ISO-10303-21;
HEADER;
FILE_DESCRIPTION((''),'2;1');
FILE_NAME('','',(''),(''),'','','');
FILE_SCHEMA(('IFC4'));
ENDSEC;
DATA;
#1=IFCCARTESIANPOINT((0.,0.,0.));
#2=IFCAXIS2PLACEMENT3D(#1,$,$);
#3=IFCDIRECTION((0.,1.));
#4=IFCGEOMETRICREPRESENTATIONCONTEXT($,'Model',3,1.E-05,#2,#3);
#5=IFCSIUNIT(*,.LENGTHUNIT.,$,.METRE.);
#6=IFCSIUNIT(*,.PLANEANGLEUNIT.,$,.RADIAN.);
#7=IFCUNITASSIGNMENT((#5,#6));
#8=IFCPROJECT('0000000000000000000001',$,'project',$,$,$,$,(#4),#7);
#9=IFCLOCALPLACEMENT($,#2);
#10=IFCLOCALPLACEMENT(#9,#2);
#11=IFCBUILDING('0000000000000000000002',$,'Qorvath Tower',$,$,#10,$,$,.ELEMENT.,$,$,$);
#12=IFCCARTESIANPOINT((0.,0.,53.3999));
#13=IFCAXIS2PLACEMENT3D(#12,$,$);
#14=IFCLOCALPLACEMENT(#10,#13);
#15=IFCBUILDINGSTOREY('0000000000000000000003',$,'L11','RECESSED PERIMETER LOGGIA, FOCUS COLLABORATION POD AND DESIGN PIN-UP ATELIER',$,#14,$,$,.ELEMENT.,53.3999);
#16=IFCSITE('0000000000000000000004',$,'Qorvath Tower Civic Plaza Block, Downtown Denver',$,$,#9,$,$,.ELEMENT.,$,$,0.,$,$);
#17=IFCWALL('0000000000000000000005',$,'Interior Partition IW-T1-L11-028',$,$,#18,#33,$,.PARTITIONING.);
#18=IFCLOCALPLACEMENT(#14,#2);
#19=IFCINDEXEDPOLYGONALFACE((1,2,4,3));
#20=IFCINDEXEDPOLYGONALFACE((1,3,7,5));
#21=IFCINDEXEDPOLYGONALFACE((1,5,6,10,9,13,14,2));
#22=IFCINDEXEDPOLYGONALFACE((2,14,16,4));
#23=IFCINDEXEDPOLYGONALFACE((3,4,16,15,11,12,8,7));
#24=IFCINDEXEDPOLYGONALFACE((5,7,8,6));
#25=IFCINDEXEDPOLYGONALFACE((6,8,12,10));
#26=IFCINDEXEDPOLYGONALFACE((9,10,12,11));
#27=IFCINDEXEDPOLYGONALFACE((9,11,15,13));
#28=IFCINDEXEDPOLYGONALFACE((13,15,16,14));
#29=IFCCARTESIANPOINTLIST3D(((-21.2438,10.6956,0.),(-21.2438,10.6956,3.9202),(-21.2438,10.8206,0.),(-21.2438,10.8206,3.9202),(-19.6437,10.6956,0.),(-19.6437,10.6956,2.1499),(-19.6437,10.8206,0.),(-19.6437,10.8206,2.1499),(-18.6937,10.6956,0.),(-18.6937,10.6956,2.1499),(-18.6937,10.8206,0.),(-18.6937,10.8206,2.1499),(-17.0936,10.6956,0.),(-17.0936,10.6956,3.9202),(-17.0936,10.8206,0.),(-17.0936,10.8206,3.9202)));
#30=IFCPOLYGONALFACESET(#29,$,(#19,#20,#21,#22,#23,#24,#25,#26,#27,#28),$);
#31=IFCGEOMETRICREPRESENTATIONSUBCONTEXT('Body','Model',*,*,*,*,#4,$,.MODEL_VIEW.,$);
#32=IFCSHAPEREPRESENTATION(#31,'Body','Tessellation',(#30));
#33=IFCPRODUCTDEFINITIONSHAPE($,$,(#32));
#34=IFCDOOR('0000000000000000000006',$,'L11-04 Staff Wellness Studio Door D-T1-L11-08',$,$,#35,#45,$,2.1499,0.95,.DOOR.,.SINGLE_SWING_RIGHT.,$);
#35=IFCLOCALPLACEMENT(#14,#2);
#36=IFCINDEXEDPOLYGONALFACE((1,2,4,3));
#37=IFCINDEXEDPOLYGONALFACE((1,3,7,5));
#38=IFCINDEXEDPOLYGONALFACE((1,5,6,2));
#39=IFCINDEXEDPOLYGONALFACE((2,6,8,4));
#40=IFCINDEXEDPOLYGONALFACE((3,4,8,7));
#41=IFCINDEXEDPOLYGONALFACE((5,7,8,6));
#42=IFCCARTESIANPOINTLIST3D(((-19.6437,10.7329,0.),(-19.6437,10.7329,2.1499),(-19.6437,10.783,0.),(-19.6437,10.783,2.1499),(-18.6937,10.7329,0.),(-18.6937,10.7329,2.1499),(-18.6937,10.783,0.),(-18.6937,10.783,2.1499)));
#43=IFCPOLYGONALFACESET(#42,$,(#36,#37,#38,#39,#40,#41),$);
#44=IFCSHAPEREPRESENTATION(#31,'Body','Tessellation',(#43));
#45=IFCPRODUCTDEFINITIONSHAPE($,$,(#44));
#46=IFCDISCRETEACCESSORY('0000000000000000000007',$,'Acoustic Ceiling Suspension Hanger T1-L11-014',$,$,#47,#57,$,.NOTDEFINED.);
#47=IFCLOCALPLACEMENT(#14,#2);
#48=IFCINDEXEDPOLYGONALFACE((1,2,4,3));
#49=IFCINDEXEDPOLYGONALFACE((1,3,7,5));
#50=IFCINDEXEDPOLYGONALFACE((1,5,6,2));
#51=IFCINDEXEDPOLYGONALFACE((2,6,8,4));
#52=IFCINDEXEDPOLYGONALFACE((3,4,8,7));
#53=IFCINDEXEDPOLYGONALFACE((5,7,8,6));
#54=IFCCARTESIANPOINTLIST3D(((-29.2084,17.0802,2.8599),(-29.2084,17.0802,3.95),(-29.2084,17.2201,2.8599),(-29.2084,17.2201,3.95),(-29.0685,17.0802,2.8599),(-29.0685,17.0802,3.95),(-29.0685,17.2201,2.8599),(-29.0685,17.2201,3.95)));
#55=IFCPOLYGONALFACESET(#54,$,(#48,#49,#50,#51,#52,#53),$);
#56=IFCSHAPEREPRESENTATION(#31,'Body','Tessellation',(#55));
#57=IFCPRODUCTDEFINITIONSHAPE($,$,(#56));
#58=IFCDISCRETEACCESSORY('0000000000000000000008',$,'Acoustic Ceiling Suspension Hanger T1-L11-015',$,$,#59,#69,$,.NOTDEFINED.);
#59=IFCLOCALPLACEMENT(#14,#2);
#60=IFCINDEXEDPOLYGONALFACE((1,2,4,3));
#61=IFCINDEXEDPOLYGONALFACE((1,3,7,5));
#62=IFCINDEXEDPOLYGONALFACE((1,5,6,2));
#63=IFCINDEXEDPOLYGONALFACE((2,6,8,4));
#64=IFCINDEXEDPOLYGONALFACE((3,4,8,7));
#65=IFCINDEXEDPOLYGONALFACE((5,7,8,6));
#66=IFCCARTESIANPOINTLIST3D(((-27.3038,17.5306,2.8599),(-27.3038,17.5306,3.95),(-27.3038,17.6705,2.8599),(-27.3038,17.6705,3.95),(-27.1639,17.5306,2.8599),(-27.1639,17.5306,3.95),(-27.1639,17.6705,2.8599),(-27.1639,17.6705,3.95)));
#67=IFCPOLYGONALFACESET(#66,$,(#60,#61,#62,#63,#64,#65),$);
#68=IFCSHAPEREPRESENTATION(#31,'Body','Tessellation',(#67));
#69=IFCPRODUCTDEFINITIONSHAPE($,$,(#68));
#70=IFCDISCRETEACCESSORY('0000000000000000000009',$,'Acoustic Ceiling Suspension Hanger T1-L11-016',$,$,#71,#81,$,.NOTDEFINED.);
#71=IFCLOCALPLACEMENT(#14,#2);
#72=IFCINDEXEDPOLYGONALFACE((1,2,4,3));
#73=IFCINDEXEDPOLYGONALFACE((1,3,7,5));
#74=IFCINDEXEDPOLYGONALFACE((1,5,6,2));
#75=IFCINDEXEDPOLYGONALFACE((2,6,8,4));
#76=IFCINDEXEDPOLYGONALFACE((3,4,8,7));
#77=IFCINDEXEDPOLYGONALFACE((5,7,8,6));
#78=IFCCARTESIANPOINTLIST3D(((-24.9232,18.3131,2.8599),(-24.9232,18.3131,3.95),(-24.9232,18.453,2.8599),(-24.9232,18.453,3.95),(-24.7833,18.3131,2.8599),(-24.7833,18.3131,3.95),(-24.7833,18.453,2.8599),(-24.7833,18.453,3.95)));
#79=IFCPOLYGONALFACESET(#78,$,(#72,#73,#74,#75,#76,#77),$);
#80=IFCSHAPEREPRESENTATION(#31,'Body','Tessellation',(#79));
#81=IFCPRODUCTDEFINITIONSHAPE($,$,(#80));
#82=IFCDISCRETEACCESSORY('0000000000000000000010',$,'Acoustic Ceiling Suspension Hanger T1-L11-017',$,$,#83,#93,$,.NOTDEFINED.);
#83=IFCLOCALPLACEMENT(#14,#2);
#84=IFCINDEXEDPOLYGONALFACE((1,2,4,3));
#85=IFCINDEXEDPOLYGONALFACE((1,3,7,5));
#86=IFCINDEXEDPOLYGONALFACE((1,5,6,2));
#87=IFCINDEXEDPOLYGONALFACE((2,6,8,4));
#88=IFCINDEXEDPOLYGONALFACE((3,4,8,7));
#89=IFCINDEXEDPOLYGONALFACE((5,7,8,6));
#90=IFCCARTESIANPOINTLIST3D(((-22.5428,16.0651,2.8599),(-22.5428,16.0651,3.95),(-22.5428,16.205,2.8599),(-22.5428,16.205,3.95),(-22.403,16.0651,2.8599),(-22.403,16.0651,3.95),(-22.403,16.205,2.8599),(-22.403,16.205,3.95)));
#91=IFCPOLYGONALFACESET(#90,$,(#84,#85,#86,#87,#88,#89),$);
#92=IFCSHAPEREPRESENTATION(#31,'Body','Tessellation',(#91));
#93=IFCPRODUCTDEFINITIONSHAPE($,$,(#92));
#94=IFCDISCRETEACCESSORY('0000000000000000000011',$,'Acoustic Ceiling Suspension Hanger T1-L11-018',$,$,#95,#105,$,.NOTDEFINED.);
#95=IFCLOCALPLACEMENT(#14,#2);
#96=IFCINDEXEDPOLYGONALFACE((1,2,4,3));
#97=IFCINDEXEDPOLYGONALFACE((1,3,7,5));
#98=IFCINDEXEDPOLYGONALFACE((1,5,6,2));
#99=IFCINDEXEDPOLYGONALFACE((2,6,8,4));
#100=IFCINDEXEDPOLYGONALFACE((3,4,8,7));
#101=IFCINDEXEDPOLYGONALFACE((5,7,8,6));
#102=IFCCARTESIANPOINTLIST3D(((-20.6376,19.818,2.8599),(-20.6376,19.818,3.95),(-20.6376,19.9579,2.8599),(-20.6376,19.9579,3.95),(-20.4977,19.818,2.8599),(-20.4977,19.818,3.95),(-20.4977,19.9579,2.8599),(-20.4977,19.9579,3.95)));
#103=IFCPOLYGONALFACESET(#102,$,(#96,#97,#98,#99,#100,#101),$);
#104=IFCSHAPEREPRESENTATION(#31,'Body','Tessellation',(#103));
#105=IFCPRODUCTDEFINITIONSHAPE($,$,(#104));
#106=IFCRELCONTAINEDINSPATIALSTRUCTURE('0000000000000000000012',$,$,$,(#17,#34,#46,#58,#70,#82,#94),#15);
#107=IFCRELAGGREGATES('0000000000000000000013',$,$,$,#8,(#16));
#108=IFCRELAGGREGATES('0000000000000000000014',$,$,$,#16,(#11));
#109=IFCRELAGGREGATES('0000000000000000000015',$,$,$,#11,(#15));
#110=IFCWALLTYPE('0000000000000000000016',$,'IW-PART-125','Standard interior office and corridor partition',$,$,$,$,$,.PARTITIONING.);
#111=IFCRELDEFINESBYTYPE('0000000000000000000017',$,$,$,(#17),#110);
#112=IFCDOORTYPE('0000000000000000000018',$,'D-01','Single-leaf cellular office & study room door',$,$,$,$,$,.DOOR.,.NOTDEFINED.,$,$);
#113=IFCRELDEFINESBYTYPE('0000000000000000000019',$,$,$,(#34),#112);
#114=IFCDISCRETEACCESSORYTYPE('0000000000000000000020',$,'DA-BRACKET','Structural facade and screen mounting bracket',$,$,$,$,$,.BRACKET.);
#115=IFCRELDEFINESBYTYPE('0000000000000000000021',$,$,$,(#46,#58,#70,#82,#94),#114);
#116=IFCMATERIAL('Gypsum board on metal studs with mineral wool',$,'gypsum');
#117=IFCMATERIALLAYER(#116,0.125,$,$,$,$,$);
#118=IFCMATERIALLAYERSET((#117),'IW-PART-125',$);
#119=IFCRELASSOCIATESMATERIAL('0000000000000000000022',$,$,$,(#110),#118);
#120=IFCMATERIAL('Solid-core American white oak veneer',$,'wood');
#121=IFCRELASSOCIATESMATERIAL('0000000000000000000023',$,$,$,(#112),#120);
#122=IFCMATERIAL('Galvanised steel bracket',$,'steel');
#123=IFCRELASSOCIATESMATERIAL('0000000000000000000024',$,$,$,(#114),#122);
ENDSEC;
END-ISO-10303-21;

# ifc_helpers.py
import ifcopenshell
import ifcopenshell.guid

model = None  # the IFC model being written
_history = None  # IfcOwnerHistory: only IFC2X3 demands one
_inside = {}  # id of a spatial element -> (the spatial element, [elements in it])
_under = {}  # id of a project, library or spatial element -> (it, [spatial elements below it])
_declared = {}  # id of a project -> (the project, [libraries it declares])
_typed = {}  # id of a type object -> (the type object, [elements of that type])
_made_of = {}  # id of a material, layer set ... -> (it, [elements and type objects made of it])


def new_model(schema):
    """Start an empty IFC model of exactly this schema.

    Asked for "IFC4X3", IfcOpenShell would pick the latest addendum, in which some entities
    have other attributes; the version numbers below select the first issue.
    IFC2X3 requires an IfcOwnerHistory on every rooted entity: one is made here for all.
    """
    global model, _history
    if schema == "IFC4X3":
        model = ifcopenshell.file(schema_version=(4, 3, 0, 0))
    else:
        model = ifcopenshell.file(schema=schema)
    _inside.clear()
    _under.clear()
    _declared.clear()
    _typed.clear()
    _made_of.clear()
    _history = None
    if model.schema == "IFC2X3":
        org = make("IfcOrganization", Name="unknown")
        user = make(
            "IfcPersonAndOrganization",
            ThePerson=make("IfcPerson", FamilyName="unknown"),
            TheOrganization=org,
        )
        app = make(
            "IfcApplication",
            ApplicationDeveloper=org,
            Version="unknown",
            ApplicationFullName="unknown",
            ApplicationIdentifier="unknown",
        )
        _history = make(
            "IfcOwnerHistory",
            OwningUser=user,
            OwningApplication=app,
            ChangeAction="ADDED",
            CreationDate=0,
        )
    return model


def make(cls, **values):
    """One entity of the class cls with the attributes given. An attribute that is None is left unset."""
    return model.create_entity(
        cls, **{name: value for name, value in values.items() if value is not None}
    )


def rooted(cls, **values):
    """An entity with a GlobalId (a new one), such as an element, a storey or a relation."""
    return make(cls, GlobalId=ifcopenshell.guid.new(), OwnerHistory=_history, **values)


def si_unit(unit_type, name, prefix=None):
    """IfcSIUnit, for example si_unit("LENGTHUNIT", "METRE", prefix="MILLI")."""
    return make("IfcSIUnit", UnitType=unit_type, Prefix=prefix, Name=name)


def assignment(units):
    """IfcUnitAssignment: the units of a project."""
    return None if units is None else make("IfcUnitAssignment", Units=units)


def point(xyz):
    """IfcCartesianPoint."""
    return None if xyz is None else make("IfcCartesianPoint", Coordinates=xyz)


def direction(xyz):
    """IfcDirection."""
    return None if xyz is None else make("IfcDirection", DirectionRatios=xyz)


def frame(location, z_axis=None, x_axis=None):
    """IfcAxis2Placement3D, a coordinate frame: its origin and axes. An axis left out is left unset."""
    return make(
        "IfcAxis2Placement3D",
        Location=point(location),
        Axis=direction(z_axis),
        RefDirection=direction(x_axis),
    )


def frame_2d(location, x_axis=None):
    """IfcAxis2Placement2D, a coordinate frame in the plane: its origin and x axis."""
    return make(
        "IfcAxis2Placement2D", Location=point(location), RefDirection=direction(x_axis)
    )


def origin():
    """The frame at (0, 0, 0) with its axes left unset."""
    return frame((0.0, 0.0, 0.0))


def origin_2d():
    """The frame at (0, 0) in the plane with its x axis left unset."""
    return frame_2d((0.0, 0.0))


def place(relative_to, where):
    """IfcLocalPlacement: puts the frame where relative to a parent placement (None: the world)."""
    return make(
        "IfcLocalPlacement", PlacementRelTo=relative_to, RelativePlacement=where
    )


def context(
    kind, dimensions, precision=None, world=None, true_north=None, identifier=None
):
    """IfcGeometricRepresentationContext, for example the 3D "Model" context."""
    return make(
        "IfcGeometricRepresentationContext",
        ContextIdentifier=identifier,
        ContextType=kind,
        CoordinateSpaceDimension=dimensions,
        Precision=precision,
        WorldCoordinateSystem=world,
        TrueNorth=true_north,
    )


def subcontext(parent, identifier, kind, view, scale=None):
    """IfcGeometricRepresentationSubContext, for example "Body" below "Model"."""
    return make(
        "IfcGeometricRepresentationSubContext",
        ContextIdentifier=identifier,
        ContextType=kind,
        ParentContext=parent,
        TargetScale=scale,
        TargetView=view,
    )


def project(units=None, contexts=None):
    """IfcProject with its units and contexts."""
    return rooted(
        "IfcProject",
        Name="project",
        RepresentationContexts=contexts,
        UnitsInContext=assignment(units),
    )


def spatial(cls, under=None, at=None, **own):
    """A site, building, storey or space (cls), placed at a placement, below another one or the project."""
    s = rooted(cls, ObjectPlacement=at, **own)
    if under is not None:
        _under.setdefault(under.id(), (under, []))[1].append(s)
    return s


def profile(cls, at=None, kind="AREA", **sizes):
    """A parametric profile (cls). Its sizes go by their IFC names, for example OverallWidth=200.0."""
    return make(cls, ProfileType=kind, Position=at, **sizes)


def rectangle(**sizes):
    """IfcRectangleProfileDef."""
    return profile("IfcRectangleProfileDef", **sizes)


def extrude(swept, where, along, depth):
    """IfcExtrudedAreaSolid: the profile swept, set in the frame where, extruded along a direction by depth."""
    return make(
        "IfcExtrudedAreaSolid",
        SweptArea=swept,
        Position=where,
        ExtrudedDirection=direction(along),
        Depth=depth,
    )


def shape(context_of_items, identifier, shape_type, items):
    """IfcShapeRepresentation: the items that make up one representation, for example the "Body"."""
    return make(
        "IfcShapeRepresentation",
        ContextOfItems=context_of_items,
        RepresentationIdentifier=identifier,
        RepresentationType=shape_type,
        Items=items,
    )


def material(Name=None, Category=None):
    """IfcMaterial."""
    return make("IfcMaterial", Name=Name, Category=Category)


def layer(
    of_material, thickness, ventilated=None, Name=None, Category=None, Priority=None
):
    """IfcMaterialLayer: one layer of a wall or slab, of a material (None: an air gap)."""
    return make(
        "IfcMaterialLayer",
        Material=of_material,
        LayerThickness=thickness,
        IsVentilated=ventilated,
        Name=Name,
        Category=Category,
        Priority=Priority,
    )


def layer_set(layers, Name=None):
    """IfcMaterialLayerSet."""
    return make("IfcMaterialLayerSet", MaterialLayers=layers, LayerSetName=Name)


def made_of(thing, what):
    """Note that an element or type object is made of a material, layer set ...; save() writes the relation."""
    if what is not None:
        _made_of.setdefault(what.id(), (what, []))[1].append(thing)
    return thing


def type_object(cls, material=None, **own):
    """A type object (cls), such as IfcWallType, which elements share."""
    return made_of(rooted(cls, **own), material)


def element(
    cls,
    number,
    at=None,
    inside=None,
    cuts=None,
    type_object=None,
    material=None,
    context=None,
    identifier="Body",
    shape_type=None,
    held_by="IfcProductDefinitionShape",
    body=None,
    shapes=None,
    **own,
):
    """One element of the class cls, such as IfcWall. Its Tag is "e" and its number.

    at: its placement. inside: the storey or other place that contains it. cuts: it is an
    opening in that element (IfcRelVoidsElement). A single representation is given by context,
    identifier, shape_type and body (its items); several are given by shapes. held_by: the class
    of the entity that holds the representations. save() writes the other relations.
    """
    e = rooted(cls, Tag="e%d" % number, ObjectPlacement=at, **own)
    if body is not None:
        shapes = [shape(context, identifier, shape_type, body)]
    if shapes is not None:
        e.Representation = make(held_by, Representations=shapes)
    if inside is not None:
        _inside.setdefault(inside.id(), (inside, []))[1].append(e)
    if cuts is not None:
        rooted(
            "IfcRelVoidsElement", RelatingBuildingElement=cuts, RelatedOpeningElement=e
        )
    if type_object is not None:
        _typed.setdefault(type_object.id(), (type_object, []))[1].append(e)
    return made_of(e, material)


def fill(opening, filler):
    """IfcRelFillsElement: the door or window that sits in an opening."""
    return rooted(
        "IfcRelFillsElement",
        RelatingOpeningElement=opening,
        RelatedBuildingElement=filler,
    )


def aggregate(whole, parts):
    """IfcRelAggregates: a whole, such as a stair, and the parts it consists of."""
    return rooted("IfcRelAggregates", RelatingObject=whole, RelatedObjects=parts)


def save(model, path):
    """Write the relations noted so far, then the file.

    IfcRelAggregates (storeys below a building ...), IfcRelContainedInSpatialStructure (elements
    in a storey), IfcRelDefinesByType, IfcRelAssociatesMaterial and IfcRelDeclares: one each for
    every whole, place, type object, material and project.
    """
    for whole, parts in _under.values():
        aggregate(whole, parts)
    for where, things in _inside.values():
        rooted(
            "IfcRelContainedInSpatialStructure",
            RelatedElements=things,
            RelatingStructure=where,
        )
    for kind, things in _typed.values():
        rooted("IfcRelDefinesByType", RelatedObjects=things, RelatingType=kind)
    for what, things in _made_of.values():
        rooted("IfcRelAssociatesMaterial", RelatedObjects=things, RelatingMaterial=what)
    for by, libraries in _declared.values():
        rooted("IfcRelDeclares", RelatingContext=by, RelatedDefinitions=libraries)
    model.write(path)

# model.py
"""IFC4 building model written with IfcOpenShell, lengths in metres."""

from ifc_helpers import new_model, si_unit, direction, frame, frame_2d, origin, origin_2d, place, context, subcontext, project, spatial, rectangle, extrude, material, layer, layer_set, type_object, element, fill, save


model = new_model("IFC4")

# Units and contexts
model_context = context("Model", 3, precision=1e-05, world=origin(), true_north=direction((0.0, 1.0)))
body_context = subcontext(model_context, "Body", "Model", "MODEL_VIEW")
ifc_project = project(units=[si_unit("LENGTHUNIT", "METRE"), si_unit("PLANEANGLEUNIT", "RADIAN")], contexts=[model_context])

# Site, building, storey
site_placement = place(None, origin())
site = spatial("IfcSite", under=ifc_project, at=site_placement, Name="Qorvath Tower Civic Plaza Block, Downtown Denver", CompositionType="ELEMENT", RefElevation=0.0)
building_placement = place(site_placement, origin())
building = spatial("IfcBuilding", under=site, at=building_placement, Name="Qorvath Tower", CompositionType="ELEMENT")
storey_placement = place(building_placement, frame((0.0, 0.0, 53.3999)))
storey = spatial("IfcBuildingStorey", under=building, at=storey_placement, Name="L11", Description="RECESSED PERIMETER LOGGIA, FOCUS COLLABORATION POD AND DESIGN PIN-UP ATELIER", CompositionType="ELEMENT", Elevation=53.3999)

# Shared definitions
ifc_material_1 = material(Name="Gypsum board on metal studs with mineral wool", Category="gypsum")
ifc_layer_1 = layer(ifc_material_1, 0.125)
ifc_layer_set_1 = layer_set([ifc_layer_1], Name="IW-PART-125")
wall_type_1 = type_object("IfcWallType", Name="IW-PART-125", Description="Standard interior office and corridor partition", PredefinedType="PARTITIONING", material=ifc_layer_set_1)

# Wall, opening, door
wall_1_placement = place(storey_placement, frame((-21.2439, 10.7581, 0.0), z_axis=(0.0, 0.0, 1.0), x_axis=(1.0, 0.0, 0.0)))
wall_1 = element("IfcWall", 1, at=wall_1_placement, inside=storey, type_object=wall_type_1, Name="Interior Partition IW-T1-L11-028", PredefinedType="PARTITIONING", context=body_context, shape_type="SweptSolid", body=[
    extrude(rectangle(XDim=4.1501, YDim=0.125, at=frame_2d((2.0752, 0.0))), origin(), (0.0, 0.0, 1.0), 3.9202),
])
opening_1_placement = place(wall_1_placement, frame((1.6001, 0.0, 0.0)))
opening_1 = element("IfcOpeningElement", 2, at=opening_1_placement, cuts=wall_1, PredefinedType="OPENING", context=body_context, shape_type="SweptSolid", body=[
    extrude(rectangle(XDim=0.95, YDim=2.1499, at=frame_2d((0.4751, 1.075))), frame((0.0, 0.0725, 0.0), z_axis=(0.0, -1.0, 0.0), x_axis=(1.0, 0.0, 0.0)), (0.0, 0.0, 1.0), 0.145),
])
ifc_material_2 = material(Name="Solid-core American white oak veneer", Category="wood")
door_type_1 = type_object("IfcDoorType", Name="D-01", Description="Single-leaf cellular office & study room door", OperationType="NOTDEFINED", PredefinedType="DOOR", material=ifc_material_2)
door_1_placement = place(opening_1_placement, origin())
door_1 = element("IfcDoor", 3, at=door_1_placement, inside=storey, type_object=door_type_1, Name="L11-04 Staff Wellness Studio Door D-T1-L11-08", OperationType="SINGLE_SWING_RIGHT", OverallHeight=2.1499, OverallWidth=0.95, PredefinedType="DOOR", context=body_context, shape_type="SweptSolid", body=[
    extrude(rectangle(XDim=0.95, YDim=2.1499, at=frame_2d((0.4751, 1.075))), frame((0.0, 0.0249, 0.0), z_axis=(0.0, -1.0, 0.0), x_axis=(1.0, 0.0, 0.0)), (0.0, 0.0, 1.0), 0.05),
])
fill(opening_1, door_1)

# Discrete accessories
ifc_material_3 = material(Name="Galvanised steel bracket", Category="steel")
discrete_accessory_type = type_object("IfcDiscreteAccessoryType", Name="DA-BRACKET", Description="Structural facade and screen mounting bracket", PredefinedType="BRACKET", material=ifc_material_3)
for number, where, z_axis, x_axis, name in (
    (4, (-29.1384, 17.1501, 2.8599), (0.0, 0.0, 1.0), (1.0, 0.0, 0.0), "Acoustic Ceiling Suspension Hanger T1-L11-014"),
    (5, (-27.2339, 17.6006, 2.8599), (0.0, 0.0, 1.0), (1.0, 0.0, 0.0), "Acoustic Ceiling Suspension Hanger T1-L11-015"),
    (6, (-24.8533, 18.3831, 2.8599), (0.0, 0.0, 1.0), (1.0, 0.0, 0.0), "Acoustic Ceiling Suspension Hanger T1-L11-016"),
    (7, (-22.4729, 16.135, 2.8599), (0.0, 0.0, 1.0), (1.0, 0.0, 0.0), "Acoustic Ceiling Suspension Hanger T1-L11-017"),
    (8, (-20.5676, 19.8879, 2.8599), (0.0, 0.0, 1.0), (1.0, 0.0, 0.0), "Acoustic Ceiling Suspension Hanger T1-L11-018"),
):
    element("IfcDiscreteAccessory", number, at=place(storey_placement, frame(where, z_axis=z_axis, x_axis=x_axis)), inside=storey, type_object=discrete_accessory_type, Name=name, PredefinedType="NOTDEFINED", context=body_context, shape_type="SweptSolid", body=[
        extrude(rectangle(XDim=0.1399, YDim=0.1399, at=origin_2d()), origin(), (0.0, 0.0, 1.0), 1.0901),
    ])

save(model, "model.ifc")
